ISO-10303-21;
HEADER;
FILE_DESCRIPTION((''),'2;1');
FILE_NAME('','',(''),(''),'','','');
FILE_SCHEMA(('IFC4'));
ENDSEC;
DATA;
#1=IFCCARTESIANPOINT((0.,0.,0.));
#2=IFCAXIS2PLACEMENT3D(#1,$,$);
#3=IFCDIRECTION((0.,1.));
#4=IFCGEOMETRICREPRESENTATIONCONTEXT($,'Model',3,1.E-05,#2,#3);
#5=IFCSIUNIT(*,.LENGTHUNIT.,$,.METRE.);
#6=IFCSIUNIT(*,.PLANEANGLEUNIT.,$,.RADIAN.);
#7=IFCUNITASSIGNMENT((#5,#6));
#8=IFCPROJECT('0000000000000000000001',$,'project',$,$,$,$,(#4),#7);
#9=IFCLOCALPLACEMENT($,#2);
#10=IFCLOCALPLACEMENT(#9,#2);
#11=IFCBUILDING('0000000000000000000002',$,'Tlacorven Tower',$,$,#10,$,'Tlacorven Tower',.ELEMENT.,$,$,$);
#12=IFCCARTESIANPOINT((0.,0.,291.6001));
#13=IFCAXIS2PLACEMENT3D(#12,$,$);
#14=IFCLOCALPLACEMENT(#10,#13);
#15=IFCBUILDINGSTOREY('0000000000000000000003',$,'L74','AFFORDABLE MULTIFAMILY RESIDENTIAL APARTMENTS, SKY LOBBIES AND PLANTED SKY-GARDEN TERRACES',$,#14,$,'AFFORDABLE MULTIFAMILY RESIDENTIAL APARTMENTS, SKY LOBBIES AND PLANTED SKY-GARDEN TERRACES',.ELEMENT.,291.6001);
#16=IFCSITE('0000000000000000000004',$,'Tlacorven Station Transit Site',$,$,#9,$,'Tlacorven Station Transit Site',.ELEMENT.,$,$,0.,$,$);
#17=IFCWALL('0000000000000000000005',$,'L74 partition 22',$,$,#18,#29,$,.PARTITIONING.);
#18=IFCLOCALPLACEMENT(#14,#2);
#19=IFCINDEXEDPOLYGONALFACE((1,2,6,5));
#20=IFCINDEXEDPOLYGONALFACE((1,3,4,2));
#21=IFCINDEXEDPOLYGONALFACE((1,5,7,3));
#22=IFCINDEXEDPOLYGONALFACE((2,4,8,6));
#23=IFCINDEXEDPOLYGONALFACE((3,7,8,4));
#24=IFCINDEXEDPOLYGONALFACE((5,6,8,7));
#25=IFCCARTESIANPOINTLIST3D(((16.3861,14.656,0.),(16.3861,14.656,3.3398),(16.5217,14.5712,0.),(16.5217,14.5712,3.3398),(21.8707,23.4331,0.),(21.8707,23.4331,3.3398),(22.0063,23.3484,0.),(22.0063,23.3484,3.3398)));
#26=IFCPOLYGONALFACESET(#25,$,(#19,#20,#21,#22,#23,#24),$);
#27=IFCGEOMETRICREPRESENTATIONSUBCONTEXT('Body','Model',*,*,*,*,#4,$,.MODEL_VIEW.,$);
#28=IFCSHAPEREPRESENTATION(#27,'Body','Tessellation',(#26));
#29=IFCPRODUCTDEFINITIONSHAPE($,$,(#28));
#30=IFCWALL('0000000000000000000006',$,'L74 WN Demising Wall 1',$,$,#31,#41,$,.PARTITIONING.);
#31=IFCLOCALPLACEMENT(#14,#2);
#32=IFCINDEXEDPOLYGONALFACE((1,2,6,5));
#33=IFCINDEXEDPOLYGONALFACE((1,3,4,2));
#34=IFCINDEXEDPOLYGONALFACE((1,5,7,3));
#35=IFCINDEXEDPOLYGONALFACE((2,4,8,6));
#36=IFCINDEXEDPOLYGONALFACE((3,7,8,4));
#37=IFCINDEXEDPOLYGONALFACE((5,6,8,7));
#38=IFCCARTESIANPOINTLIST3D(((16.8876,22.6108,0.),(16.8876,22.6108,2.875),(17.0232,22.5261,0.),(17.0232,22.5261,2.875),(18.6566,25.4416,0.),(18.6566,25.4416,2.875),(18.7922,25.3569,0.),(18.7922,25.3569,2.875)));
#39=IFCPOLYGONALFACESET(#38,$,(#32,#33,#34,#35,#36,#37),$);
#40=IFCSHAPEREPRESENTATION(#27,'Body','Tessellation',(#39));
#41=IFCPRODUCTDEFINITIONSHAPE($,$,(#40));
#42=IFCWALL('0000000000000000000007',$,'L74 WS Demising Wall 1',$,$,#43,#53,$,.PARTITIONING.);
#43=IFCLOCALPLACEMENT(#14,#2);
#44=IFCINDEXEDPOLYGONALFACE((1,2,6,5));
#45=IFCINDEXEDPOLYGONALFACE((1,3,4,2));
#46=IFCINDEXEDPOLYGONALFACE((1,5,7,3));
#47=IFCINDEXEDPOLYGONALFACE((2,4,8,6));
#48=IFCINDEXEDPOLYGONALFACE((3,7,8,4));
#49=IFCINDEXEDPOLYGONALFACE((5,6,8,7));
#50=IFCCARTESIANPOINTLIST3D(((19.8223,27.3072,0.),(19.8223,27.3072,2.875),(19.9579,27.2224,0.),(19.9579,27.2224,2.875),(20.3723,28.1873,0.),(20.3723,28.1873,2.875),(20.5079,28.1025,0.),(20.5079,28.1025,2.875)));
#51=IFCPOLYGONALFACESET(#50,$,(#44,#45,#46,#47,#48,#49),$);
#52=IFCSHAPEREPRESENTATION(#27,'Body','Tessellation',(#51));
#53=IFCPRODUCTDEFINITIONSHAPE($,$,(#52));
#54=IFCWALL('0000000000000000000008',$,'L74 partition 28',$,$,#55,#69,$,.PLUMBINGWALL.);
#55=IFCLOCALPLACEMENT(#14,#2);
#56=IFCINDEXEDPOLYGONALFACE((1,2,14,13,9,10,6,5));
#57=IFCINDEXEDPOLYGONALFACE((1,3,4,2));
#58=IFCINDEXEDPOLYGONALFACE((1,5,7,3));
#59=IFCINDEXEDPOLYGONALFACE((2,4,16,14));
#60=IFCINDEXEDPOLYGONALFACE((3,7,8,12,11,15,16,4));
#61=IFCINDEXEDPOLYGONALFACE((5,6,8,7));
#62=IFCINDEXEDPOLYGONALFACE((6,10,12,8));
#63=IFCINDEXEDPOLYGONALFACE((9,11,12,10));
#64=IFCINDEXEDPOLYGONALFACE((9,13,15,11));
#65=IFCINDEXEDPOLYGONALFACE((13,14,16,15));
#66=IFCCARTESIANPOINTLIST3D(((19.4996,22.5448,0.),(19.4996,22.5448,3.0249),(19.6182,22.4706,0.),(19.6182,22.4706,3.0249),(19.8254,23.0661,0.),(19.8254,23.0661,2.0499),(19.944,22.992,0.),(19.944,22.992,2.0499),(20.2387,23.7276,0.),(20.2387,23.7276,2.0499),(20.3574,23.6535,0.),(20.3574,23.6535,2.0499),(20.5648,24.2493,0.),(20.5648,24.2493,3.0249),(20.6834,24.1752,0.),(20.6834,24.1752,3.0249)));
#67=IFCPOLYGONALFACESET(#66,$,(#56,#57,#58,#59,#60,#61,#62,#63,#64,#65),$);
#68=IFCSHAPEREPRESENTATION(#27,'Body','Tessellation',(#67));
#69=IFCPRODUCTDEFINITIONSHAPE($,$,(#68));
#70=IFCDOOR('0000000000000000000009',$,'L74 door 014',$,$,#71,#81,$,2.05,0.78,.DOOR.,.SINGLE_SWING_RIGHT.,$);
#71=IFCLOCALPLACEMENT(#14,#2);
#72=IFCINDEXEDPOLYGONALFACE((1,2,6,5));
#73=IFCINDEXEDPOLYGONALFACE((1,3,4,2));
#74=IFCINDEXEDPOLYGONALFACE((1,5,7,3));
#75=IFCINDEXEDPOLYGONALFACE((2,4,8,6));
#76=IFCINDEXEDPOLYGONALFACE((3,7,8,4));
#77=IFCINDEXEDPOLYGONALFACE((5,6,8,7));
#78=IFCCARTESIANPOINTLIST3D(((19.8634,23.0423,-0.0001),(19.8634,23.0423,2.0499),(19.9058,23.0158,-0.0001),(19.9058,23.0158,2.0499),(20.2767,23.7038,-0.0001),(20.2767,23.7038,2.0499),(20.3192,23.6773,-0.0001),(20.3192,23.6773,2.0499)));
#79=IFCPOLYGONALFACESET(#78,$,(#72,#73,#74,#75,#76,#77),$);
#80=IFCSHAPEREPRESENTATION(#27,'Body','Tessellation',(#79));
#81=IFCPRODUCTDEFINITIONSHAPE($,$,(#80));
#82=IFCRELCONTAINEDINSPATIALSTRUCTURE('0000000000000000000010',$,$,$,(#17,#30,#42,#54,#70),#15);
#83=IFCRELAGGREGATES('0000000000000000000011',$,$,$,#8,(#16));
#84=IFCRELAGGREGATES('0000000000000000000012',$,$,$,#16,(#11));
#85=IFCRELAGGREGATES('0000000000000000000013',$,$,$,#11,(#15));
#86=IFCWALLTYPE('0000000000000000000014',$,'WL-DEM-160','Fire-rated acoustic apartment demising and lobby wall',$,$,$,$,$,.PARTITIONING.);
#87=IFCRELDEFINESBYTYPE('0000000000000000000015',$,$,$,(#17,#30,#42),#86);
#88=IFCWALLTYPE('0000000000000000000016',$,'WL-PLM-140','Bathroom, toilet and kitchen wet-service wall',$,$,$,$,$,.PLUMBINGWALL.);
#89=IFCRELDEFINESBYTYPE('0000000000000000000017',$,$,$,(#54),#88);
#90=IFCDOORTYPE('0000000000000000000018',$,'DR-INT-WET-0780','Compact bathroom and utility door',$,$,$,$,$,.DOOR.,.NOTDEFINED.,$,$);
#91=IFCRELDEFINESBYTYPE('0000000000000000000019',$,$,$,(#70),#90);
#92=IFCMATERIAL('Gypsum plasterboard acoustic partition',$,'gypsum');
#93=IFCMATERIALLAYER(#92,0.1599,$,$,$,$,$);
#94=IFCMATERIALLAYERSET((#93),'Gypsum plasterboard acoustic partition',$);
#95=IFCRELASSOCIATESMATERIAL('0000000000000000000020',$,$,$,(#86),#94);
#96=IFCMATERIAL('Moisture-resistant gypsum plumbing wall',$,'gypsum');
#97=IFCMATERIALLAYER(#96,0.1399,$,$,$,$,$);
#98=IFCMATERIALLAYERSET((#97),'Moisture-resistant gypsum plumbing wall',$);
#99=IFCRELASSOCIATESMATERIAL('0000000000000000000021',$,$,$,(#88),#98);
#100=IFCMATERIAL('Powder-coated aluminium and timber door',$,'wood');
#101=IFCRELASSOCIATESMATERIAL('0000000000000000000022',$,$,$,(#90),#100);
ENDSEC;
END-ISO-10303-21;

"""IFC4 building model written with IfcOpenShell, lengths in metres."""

from ifc_helpers import new_model, si_unit, direction, frame, frame_2d, origin, place, context, subcontext, project, spatial, rectangle, extrude, source, transform, mapped, material, layer, layer_set, type_object, element, fill, save


model = new_model("IFC4")

# Units and contexts
model_context = context("Model", 3, precision=1e-05, world=origin(), true_north=direction((0.0, 1.0)))
body_context = subcontext(model_context, "Body", "Model", "MODEL_VIEW")
ifc_project = project(units=[si_unit("LENGTHUNIT", "METRE"), si_unit("PLANEANGLEUNIT", "RADIAN")], contexts=[model_context])

# Site, building, storey
site_placement = place(None, origin())
site = spatial("IfcSite", under=ifc_project, at=site_placement, Name="Tlacorven Station Transit Site", LongName="Tlacorven Station Transit Site", CompositionType="ELEMENT", RefElevation=0.0)
building_placement = place(site_placement, origin())
building = spatial("IfcBuilding", under=site, at=building_placement, Name="Tlacorven Tower", LongName="Tlacorven Tower", CompositionType="ELEMENT")
storey_placement = place(building_placement, frame((0.0, 0.0, 291.6001)))
storey = spatial("IfcBuildingStorey", under=building, at=storey_placement, Name="L74", Description="AFFORDABLE MULTIFAMILY RESIDENTIAL APARTMENTS, SKY LOBBIES AND PLANTED SKY-GARDEN TERRACES", LongName="AFFORDABLE MULTIFAMILY RESIDENTIAL APARTMENTS, SKY LOBBIES AND PLANTED SKY-GARDEN TERRACES", CompositionType="ELEMENT", Elevation=291.6001)

# Walls
ifc_material_1 = material(Name="Gypsum plasterboard acoustic partition", Category="gypsum")
ifc_layer_1 = layer(ifc_material_1, 0.1599)
ifc_layer_set_1 = layer_set([ifc_layer_1], Name="Gypsum plasterboard acoustic partition")
wall_type_1 = type_object("IfcWallType", Name="WL-DEM-160", Description="Fire-rated acoustic apartment demising and lobby wall", PredefinedType="PARTITIONING", material=ifc_layer_set_1)
wall_1_placement = place(storey_placement, frame((21.9385, 23.3906, 0.0), z_axis=(0.0, 0.0, 1.0), x_axis=(-0.529925, -0.848045, 0.0)))
element("IfcWall", 1, at=wall_1_placement, inside=storey, type_object=wall_type_1, Name="L74 partition 22", PredefinedType="PARTITIONING", context=body_context, shape_type="SweptSolid", body=[
    extrude(rectangle(XDim=10.3499, YDim=0.1599, at=frame_2d((5.1748, 0.0))), origin(), (0.0, 0.0, 1.0), 3.3398),
])
wall_2_placement = place(storey_placement, frame((18.7244, 25.3992, 0.0), z_axis=(0.0, 0.0, 1.0), x_axis=(-0.529953, -0.848027, 0.0)))
element("IfcWall", 2, at=wall_2_placement, inside=storey, type_object=wall_type_1, Name="L74 WN Demising Wall 1", PredefinedType="PARTITIONING", context=body_context, shape_type="SweptSolid", body=[
    extrude(rectangle(XDim=3.3381, YDim=0.1599, at=frame_2d((1.6689, 0.0))), origin(), (0.0, 0.0, 1.0), 2.875),
])
wall_3_placement = place(storey_placement, frame((20.4402, 28.145, 0.0), z_axis=(0.0, 0.0, 1.0), x_axis=(-0.529978, -0.848012, 0.0)))
element("IfcWall", 3, at=wall_3_placement, inside=storey, type_object=wall_type_1, Name="L74 WS Demising Wall 1", PredefinedType="PARTITIONING", context=body_context, shape_type="SweptSolid", body=[
    extrude(rectangle(XDim=1.0378, YDim=0.1599, at=frame_2d((0.519, 0.0))), origin(), (0.0, 0.0, 1.0), 2.875),
])

# Wall, opening, door
ifc_material_2 = material(Name="Moisture-resistant gypsum plumbing wall", Category="gypsum")
ifc_layer_2 = layer(ifc_material_2, 0.1399)
ifc_layer_set_2 = layer_set([ifc_layer_2], Name="Moisture-resistant gypsum plumbing wall")
wall_type_2 = type_object("IfcWallType", Name="WL-PLM-140", Description="Bathroom, toilet and kitchen wet-service wall", PredefinedType="PLUMBINGWALL", material=ifc_layer_set_2)
wall_4_placement = place(storey_placement, frame((20.624, 24.2122, 0.0), z_axis=(0.0, 0.0, 1.0), x_axis=(-0.529933, -0.848039, 0.0)))
wall_4 = element("IfcWall", 4, at=wall_4_placement, inside=storey, type_object=wall_type_2, Name="L74 partition 28", PredefinedType="PLUMBINGWALL", context=body_context, shape_type="SweptSolid", body=[
    extrude(rectangle(XDim=2.01, YDim=0.1399, at=frame_2d((1.0049, 0.0))), origin(), (0.0, 0.0, 1.0), 3.0249),
])
opening_placement = place(wall_4_placement, frame((0.615, 0.0, 0.0)))
opening = element("IfcOpeningElement", 5, at=opening_placement, cuts=wall_4, PredefinedType="OPENING", context=body_context, shape_type="SweptSolid", body=[
    extrude(rectangle(XDim=0.78, YDim=2.05, at=frame_2d((0.3901, 1.0249))), frame((0.0, 0.0801, 0.0), z_axis=(0.0, -1.0, 0.0), x_axis=(1.0, 0.0, 0.0)), (0.0, 0.0, 1.0), 0.1599),
])
ifc_material_3 = material(Name="Powder-coated aluminium and timber door", Category="wood")
door_type = type_object("IfcDoorType", Name="DR-INT-WET-0780", Description="Compact bathroom and utility door", OperationType="NOTDEFINED", PredefinedType="DOOR", material=ifc_material_3)
shared_shape_1 = source(origin(), body_context, "Body", "SweptSolid", [
    extrude(rectangle(XDim=0.78, YDim=2.05, at=frame_2d((0.3901, 1.0249))), frame((0.0, 0.0249, 0.0), z_axis=(0.0, -1.0, 0.0), x_axis=(1.0, 0.0, 0.0)), (0.0, 0.0, 1.0), 0.05),
])
door_placement = place(opening_placement, origin())
door = element("IfcDoor", 6, at=door_placement, inside=storey, type_object=door_type, Name="L74 door 014", OperationType="SINGLE_SWING_RIGHT", OverallHeight=2.05, OverallWidth=0.78, PredefinedType="DOOR", context=body_context, shape_type="MappedRepresentation", body=[
    mapped(shared_shape_1, transform((0.0, 0.0, 0.0), scale=1.0)),
])
fill(opening, door)

save(model, "model.ifc")
